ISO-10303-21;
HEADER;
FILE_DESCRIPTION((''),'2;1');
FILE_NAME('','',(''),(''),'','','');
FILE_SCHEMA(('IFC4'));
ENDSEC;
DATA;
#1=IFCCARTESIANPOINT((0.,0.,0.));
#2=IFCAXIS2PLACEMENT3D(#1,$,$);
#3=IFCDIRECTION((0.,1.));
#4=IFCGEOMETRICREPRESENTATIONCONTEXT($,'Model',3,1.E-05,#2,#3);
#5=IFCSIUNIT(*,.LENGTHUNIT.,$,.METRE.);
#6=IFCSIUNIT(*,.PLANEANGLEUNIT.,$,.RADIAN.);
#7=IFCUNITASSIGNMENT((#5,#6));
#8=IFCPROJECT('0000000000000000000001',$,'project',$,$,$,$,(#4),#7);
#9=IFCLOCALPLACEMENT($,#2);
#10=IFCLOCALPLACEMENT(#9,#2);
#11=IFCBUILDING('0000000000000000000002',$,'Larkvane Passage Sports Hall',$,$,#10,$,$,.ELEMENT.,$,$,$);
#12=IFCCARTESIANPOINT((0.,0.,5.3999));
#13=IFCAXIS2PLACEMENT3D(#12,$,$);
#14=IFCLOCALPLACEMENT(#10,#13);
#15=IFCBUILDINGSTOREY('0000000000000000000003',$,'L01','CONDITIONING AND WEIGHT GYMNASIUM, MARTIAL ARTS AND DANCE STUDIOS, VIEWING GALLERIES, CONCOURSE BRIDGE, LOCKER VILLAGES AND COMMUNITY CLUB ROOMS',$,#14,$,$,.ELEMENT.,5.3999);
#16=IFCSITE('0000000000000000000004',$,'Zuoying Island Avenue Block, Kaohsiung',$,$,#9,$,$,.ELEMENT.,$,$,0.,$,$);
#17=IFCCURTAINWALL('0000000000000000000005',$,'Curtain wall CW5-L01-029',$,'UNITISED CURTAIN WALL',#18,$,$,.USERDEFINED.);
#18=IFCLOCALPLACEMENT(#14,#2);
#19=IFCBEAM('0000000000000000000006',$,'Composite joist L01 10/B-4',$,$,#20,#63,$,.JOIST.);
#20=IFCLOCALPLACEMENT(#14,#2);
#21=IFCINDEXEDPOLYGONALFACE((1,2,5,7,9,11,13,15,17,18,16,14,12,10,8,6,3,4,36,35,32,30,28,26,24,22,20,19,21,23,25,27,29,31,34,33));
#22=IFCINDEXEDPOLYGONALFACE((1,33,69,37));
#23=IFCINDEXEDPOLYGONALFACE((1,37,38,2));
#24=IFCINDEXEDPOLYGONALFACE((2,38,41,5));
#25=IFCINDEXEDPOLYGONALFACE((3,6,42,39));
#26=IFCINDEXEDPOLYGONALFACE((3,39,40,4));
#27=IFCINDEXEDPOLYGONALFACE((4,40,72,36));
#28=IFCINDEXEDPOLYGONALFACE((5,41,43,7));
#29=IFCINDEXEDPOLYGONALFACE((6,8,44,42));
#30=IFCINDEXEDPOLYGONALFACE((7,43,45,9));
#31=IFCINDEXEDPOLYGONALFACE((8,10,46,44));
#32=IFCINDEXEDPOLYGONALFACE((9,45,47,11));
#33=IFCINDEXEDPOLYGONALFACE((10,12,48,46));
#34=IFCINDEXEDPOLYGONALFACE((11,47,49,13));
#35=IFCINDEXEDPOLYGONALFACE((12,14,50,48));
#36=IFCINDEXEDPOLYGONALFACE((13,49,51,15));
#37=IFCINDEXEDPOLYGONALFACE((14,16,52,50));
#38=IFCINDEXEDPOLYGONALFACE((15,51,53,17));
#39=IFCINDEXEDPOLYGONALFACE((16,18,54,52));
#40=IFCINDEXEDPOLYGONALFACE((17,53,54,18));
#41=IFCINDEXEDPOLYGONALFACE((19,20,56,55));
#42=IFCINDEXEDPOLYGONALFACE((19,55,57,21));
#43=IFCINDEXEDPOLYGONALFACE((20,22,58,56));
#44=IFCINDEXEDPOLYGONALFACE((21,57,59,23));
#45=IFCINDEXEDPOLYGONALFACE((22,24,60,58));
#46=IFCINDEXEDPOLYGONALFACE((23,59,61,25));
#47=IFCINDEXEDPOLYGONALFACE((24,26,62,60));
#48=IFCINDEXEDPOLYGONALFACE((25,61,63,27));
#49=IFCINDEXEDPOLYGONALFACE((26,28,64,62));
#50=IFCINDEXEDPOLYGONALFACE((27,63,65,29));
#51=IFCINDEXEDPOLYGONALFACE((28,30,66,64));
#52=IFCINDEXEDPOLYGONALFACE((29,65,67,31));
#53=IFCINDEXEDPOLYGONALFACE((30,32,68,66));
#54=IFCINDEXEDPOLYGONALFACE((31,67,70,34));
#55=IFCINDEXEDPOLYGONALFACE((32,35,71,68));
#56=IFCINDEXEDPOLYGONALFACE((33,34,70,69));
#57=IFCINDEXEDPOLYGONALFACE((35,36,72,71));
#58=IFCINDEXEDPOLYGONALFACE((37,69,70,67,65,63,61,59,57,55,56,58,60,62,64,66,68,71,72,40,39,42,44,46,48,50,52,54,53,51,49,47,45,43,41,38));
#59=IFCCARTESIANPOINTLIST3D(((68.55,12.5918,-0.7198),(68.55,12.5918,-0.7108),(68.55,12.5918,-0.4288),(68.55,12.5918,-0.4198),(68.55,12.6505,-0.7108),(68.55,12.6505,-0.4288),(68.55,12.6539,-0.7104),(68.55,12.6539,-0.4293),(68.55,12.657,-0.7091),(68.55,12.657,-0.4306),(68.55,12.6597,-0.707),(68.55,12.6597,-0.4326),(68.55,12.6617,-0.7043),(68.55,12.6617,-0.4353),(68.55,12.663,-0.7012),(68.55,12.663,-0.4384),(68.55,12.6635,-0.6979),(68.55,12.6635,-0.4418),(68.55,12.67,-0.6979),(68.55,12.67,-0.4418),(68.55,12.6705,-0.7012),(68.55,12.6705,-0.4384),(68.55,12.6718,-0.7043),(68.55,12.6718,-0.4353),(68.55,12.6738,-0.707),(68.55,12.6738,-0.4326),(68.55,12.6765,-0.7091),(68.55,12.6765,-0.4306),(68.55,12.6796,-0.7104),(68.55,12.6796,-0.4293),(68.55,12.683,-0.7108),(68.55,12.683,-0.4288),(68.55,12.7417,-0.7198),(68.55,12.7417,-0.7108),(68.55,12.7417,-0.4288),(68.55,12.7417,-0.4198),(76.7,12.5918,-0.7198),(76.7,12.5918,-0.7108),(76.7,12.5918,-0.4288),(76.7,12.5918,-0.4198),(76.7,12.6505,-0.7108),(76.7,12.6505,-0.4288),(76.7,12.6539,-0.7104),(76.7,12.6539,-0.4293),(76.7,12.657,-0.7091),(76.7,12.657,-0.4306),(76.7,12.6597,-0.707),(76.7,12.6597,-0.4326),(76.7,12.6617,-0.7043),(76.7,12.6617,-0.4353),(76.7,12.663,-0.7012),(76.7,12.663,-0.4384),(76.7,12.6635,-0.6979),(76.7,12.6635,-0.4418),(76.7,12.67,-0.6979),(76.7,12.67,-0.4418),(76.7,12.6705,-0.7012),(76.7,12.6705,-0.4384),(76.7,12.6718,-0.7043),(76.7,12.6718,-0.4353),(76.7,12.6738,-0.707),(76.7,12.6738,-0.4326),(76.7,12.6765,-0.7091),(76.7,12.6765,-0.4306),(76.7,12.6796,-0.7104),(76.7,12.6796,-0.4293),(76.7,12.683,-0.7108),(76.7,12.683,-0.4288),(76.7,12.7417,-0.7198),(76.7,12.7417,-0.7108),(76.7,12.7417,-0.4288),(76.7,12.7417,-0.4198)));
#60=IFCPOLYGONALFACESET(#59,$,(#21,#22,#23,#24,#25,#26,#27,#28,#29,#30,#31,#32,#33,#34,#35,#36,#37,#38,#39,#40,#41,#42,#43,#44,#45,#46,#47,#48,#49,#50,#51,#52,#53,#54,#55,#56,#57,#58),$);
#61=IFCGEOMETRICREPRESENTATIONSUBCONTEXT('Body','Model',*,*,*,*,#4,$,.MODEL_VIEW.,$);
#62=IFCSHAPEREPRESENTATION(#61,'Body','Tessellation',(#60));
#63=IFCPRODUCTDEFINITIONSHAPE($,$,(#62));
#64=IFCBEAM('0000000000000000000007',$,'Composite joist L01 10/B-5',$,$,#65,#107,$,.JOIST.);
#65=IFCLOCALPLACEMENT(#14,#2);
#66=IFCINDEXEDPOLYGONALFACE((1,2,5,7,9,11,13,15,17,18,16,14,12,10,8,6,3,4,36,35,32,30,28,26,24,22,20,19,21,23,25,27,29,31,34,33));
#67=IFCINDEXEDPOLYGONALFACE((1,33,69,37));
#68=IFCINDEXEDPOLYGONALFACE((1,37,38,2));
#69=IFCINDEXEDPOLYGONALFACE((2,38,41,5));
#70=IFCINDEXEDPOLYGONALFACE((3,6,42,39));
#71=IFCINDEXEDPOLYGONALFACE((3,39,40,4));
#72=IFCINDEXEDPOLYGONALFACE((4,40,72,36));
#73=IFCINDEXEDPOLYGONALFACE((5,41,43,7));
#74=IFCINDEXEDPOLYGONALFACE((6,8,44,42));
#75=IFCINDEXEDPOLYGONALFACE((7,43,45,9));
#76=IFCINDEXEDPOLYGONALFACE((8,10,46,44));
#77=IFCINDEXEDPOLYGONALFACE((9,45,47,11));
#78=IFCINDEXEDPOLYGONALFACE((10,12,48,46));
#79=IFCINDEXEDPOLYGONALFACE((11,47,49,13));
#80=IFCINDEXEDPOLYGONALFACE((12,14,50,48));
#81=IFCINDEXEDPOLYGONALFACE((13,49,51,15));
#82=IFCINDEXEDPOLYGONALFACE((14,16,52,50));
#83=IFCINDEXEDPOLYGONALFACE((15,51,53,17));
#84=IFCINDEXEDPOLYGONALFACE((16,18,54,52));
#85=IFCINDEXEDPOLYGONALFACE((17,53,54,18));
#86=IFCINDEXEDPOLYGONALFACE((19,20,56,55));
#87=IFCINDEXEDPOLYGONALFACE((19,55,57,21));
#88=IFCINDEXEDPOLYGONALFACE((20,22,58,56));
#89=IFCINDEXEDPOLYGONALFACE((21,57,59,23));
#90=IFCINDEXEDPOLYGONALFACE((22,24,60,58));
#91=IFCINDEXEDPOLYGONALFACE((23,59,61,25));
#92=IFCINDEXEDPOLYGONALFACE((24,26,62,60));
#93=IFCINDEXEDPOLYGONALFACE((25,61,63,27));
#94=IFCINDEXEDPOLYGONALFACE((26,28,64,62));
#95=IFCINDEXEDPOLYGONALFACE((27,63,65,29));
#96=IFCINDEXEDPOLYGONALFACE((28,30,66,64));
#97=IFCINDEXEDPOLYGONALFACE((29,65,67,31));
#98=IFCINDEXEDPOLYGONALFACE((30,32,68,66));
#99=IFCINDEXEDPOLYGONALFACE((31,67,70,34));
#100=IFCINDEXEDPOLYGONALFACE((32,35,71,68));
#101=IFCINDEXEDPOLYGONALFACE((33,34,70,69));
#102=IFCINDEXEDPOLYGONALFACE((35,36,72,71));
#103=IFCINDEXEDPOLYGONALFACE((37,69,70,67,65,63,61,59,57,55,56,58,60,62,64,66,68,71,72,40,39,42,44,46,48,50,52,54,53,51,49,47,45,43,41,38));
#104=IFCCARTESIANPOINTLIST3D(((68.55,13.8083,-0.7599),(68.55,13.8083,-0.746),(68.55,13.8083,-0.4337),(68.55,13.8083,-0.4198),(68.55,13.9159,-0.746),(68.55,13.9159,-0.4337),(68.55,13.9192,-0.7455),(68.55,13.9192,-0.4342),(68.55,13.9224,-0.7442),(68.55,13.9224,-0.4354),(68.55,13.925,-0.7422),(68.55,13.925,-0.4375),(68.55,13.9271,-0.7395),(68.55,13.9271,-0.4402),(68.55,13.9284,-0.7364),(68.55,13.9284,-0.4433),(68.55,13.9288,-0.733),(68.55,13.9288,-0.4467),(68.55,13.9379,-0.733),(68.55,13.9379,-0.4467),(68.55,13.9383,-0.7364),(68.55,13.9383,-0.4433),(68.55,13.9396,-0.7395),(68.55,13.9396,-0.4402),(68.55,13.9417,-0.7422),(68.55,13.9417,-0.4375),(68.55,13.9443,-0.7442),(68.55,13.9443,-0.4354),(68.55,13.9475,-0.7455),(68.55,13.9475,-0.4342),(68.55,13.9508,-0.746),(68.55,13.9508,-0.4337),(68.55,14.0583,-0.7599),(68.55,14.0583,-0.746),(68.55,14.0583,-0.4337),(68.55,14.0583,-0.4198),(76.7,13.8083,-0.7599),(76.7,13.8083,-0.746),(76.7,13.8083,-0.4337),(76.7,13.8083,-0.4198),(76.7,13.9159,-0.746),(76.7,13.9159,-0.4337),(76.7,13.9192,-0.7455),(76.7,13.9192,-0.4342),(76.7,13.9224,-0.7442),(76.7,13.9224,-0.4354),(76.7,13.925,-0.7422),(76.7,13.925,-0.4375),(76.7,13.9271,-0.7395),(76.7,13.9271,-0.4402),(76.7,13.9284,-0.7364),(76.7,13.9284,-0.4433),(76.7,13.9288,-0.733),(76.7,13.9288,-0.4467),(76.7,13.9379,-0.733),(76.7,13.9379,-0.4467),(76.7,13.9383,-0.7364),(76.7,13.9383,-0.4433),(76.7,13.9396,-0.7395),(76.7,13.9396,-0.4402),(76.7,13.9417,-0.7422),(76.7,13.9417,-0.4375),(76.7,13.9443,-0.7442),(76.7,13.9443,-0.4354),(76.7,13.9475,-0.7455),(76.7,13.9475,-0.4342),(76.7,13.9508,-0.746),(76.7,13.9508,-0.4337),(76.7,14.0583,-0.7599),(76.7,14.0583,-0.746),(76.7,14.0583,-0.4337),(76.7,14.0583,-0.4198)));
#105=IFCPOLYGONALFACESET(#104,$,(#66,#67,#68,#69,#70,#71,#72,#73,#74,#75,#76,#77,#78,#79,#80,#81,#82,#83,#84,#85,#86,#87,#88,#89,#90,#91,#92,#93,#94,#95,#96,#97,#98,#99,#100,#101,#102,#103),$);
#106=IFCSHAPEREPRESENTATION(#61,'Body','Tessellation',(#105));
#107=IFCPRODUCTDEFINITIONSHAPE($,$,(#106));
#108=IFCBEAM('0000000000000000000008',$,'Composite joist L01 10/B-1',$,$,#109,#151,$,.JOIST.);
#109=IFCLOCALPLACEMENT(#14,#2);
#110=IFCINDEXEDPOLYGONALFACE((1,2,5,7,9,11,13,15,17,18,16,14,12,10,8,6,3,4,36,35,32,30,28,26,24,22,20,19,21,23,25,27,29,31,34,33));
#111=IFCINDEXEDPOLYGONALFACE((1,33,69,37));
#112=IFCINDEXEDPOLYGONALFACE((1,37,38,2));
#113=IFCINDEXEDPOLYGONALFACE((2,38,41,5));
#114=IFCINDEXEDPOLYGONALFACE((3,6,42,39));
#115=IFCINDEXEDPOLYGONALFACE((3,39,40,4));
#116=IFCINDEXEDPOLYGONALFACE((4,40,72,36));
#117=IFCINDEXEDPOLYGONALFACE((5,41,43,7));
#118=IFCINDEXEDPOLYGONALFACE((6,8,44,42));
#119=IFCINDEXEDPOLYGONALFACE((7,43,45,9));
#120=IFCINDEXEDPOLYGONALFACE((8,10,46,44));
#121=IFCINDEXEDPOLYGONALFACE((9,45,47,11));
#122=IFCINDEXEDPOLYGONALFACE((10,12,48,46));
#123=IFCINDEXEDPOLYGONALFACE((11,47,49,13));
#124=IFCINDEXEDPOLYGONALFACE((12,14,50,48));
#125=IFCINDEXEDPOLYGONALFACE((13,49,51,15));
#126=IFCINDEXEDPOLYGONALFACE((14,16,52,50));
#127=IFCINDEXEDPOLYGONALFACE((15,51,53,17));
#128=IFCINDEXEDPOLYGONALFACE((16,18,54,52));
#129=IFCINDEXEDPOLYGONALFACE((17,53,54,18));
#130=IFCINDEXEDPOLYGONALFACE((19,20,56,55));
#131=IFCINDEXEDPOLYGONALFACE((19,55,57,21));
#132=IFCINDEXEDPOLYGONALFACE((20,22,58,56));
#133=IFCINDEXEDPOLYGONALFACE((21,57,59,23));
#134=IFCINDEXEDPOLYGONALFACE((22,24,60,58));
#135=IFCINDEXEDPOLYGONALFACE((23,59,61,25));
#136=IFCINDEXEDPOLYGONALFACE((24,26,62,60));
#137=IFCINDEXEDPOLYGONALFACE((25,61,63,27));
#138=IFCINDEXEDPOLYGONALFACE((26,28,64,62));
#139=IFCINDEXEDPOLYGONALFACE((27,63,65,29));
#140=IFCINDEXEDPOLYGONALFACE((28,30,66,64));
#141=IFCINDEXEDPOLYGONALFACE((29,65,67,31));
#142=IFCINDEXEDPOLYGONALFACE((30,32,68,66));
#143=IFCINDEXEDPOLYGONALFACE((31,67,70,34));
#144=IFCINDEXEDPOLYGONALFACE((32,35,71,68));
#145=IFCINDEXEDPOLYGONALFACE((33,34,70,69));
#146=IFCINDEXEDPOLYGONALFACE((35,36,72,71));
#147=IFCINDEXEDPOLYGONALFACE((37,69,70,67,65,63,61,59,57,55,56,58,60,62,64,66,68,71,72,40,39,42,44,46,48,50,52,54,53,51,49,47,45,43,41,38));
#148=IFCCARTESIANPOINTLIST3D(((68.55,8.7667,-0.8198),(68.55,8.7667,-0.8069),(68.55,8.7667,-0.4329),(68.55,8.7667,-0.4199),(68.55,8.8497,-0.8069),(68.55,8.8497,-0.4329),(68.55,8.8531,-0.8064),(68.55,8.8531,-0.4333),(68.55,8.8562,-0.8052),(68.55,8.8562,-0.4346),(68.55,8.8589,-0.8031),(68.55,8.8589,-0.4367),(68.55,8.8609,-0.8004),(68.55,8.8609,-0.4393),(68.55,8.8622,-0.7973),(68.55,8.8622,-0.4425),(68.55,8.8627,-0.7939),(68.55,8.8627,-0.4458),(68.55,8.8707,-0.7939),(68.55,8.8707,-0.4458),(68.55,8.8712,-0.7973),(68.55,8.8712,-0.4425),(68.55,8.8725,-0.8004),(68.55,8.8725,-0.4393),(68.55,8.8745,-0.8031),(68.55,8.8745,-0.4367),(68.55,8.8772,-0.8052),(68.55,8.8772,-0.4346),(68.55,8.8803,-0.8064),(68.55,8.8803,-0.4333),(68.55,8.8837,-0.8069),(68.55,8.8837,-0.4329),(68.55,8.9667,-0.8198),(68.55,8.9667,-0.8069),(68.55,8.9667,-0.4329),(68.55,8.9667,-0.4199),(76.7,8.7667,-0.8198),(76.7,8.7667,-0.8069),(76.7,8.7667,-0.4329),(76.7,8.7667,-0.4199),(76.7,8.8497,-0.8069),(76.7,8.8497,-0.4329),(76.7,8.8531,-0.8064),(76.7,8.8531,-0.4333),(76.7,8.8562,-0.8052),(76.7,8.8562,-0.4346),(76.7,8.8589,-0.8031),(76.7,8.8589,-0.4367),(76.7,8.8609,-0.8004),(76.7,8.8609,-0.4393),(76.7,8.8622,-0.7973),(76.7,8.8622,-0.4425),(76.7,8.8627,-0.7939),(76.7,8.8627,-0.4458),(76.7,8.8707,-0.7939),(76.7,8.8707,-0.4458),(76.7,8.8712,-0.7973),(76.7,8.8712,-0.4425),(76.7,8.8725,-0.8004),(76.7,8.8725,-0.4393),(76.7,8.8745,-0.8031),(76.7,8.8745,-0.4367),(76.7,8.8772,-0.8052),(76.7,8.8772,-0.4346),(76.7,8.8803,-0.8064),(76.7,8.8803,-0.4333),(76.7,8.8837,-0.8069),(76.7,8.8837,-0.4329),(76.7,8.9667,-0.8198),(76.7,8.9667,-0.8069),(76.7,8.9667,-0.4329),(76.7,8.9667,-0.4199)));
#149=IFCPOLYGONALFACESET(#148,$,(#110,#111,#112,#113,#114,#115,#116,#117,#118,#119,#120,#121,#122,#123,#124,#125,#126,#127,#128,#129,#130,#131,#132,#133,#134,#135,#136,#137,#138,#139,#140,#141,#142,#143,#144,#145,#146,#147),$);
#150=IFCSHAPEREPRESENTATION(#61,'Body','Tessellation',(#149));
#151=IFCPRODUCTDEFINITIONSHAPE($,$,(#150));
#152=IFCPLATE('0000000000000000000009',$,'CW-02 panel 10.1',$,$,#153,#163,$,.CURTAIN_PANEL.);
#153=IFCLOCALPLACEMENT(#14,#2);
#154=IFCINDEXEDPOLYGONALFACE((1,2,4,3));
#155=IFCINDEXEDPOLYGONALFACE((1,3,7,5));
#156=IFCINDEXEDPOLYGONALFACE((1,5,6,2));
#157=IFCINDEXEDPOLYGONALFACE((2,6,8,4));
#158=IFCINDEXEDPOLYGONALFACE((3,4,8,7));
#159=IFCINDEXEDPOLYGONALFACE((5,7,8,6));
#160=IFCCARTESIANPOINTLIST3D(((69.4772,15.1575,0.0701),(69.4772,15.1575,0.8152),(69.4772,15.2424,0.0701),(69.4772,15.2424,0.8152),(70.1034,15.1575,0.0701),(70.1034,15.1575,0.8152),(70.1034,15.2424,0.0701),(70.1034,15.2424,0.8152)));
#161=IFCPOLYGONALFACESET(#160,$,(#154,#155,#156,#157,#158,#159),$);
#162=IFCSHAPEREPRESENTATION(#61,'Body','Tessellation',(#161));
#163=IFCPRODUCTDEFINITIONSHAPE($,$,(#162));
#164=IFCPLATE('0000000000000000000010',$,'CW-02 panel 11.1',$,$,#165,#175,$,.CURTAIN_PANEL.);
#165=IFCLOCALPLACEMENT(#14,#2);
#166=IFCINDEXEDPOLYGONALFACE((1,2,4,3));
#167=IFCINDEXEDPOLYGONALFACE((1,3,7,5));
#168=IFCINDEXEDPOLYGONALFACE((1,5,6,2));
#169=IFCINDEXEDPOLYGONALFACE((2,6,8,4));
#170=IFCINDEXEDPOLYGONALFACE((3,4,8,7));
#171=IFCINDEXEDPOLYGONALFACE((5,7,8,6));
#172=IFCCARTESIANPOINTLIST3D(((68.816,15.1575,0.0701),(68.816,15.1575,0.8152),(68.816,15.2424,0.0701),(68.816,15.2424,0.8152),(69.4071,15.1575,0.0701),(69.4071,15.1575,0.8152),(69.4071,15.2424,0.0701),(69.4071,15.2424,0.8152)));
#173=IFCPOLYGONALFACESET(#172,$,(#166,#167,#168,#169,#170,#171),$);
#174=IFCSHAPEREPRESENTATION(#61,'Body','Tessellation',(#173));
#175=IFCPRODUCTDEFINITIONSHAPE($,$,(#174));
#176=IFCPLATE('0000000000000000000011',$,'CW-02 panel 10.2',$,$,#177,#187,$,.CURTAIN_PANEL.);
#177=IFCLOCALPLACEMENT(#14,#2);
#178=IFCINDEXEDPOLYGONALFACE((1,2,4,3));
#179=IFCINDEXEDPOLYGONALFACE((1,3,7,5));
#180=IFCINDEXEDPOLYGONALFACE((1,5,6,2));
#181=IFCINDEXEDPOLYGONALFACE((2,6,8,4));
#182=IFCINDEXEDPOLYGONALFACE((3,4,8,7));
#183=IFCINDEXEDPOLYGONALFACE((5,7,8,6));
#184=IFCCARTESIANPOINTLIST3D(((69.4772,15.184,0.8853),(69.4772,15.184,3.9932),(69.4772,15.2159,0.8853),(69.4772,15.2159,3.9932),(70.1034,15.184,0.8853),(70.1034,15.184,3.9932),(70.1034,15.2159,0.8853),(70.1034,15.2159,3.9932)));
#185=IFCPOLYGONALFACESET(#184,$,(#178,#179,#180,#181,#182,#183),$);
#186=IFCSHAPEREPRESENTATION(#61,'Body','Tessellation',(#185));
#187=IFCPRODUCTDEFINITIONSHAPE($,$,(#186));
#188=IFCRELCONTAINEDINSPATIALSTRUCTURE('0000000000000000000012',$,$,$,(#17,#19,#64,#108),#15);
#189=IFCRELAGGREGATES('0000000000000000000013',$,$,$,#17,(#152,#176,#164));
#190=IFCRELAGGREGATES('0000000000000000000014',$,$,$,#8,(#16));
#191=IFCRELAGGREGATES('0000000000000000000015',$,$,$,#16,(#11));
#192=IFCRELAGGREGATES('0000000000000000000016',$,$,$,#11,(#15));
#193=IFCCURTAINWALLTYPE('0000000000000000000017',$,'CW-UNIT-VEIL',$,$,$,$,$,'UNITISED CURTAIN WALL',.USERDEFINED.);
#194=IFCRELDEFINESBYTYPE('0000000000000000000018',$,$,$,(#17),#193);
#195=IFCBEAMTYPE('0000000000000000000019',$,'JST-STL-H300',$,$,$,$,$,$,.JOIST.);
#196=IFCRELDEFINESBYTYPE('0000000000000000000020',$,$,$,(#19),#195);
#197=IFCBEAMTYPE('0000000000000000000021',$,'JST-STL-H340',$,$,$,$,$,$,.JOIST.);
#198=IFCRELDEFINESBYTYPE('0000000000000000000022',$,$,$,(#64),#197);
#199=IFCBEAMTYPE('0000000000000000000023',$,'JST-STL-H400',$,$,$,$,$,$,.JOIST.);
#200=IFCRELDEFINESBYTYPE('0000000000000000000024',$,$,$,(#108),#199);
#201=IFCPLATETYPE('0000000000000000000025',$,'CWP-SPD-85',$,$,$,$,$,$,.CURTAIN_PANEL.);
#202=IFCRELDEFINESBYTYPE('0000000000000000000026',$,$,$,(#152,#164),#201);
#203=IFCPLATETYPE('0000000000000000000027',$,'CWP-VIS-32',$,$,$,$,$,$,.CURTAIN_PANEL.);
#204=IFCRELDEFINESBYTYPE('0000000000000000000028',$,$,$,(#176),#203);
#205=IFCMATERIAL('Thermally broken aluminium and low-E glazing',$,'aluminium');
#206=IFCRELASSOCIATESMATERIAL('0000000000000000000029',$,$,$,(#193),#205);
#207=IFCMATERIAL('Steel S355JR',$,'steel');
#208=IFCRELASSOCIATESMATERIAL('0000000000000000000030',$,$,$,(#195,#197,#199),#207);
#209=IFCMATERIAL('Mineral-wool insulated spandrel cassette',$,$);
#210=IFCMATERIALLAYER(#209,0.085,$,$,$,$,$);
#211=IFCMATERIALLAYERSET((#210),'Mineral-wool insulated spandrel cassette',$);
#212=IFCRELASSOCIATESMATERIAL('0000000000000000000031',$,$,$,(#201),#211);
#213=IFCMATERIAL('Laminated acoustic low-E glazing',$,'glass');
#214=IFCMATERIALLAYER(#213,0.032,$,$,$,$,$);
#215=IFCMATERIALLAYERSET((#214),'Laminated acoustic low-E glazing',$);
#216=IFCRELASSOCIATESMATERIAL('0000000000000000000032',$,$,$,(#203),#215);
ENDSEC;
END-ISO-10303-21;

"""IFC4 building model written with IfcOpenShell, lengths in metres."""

from ifc_helpers import new_model, si_unit, direction, frame, origin, origin_2d, place, context, subcontext, project, spatial, rectangle, i_section, extrude, material, layer, layer_set, material_profile, profile_set, type_object, element, aggregate, save


model = new_model("IFC4")

# Units and contexts
model_context = context("Model", 3, precision=1e-05, world=origin(), true_north=direction((0.0, 1.0)))
body_context = subcontext(model_context, "Body", "Model", "MODEL_VIEW")
ifc_project = project(units=[si_unit("LENGTHUNIT", "METRE"), si_unit("PLANEANGLEUNIT", "RADIAN")], contexts=[model_context])

# Site, building, storey
site_placement = place(None, origin())
site = spatial("IfcSite", under=ifc_project, at=site_placement, Name="Zuoying Island Avenue Block, Kaohsiung", CompositionType="ELEMENT", RefElevation=0.0)
building_placement = place(site_placement, origin())
building = spatial("IfcBuilding", under=site, at=building_placement, Name="Larkvane Passage Sports Hall", CompositionType="ELEMENT")
storey_placement = place(building_placement, frame((0.0, 0.0, 5.3999)))
storey = spatial("IfcBuildingStorey", under=building, at=storey_placement, Name="L01", Description="CONDITIONING AND WEIGHT GYMNASIUM, MARTIAL ARTS AND DANCE STUDIOS, VIEWING GALLERIES, CONCOURSE BRIDGE, LOCKER VILLAGES AND COMMUNITY CLUB ROOMS", CompositionType="ELEMENT", Elevation=5.3999)

# Shared definitions
ifc_material_1 = material(Name="Steel S355JR", Category="steel")

# Curtain wall
ifc_material_2 = material(Name="Thermally broken aluminium and low-E glazing", Category="aluminium")
curtain_wall_type = type_object("IfcCurtainWallType", Name="CW-UNIT-VEIL", ElementType="UNITISED CURTAIN WALL", PredefinedType="USERDEFINED", material=ifc_material_2)
curtain_wall_placement = place(storey_placement, origin())
curtain_wall = element("IfcCurtainWall", 1, at=curtain_wall_placement, inside=storey, type_object=curtain_wall_type, Name="Curtain wall CW5-L01-029", ObjectType="UNITISED CURTAIN WALL", PredefinedType="USERDEFINED")

# Beams
ifc_material_profile_1 = material_profile(ifc_material_1, i_section(OverallWidth=0.1499, OverallDepth=0.3, WebThickness=0.0066, FlangeThickness=0.009, FilletRadius=0.0129, at=origin_2d()), Name="H-300x150x6.5x9")
ifc_profile_set_1 = profile_set([ifc_material_profile_1], Name="Steel S355JR")
beam_type_1 = type_object("IfcBeamType", Name="JST-STL-H300", PredefinedType="JOIST", material=ifc_profile_set_1)
beam_1_placement = place(storey_placement, frame((68.55, 12.6667, -0.5698), z_axis=(1.0, 0.0, 0.0), x_axis=(0.0, 1.0, 0.0)))
element("IfcBeam", 2, at=beam_1_placement, inside=storey, type_object=beam_type_1, Name="Composite joist L01 10/B-4", PredefinedType="JOIST", context=body_context, shape_type="SweptSolid", body=[
    extrude(i_section(OverallWidth=0.1499, OverallDepth=0.3, WebThickness=0.0066, FlangeThickness=0.009, FilletRadius=0.0129, at=origin_2d()), origin(), (0.0, 0.0, 1.0), 8.1499),
])
ifc_material_profile_2 = material_profile(ifc_material_1, i_section(OverallWidth=0.25, OverallDepth=0.3401, WebThickness=0.009, FlangeThickness=0.0139, FilletRadius=0.0129, at=origin_2d()), Name="H-340x250x9x14")
ifc_profile_set_2 = profile_set([ifc_material_profile_2], Name="Steel S355JR")
beam_type_2 = type_object("IfcBeamType", Name="JST-STL-H340", PredefinedType="JOIST", material=ifc_profile_set_2)
beam_2_placement = place(storey_placement, frame((68.55, 13.9333, -0.5898), z_axis=(1.0, 0.0, 0.0), x_axis=(0.0, 1.0, 0.0)))
element("IfcBeam", 3, at=beam_2_placement, inside=storey, type_object=beam_type_2, Name="Composite joist L01 10/B-5", PredefinedType="JOIST", context=body_context, shape_type="SweptSolid", body=[
    extrude(i_section(OverallWidth=0.25, OverallDepth=0.3401, WebThickness=0.009, FlangeThickness=0.0139, FilletRadius=0.0129, at=origin_2d()), origin(), (0.0, 0.0, 1.0), 8.1499),
])
ifc_material_profile_3 = material_profile(ifc_material_1, i_section(OverallWidth=0.2, OverallDepth=0.3999, WebThickness=0.0081, FlangeThickness=0.0129, FilletRadius=0.0129, at=origin_2d()), Name="H-400x200x8x13")
ifc_profile_set_3 = profile_set([ifc_material_profile_3], Name="Steel S355JR")
beam_type_3 = type_object("IfcBeamType", Name="JST-STL-H400", PredefinedType="JOIST", material=ifc_profile_set_3)
beam_3_placement = place(storey_placement, frame((68.55, 8.8667, -0.6199), z_axis=(1.0, 0.0, 0.0), x_axis=(0.0, 1.0, 0.0)))
element("IfcBeam", 4, at=beam_3_placement, inside=storey, type_object=beam_type_3, Name="Composite joist L01 10/B-1", PredefinedType="JOIST", context=body_context, shape_type="SweptSolid", body=[
    extrude(i_section(OverallWidth=0.2, OverallDepth=0.3999, WebThickness=0.0081, FlangeThickness=0.0129, FilletRadius=0.0129, at=origin_2d()), origin(), (0.0, 0.0, 1.0), 8.1499),
])

# Plates
ifc_material_3 = material(Name="Mineral-wool insulated spandrel cassette")
ifc_layer_1 = layer(ifc_material_3, 0.085)
ifc_layer_set_1 = layer_set([ifc_layer_1], Name="Mineral-wool insulated spandrel cassette")
plate_type_1 = type_object("IfcPlateType", Name="CWP-SPD-85", PredefinedType="CURTAIN_PANEL", material=ifc_layer_set_1)
plate_1_placement = place(storey_placement, frame((69.7903, 15.2, 0.0701), z_axis=(0.0, 0.0, 1.0), x_axis=(-1.0, 0.0, 0.0)))
plate_1 = element("IfcPlate", 5, at=plate_1_placement, type_object=plate_type_1, Name="CW-02 panel 10.1", PredefinedType="CURTAIN_PANEL", context=body_context, shape_type="SweptSolid", body=[
    extrude(rectangle(XDim=0.6262, YDim=0.085, at=origin_2d()), origin(), (0.0, 0.0, 1.0), 0.7451),
])
plate_2_placement = place(storey_placement, frame((69.1116, 15.2, 0.0701), z_axis=(0.0, 0.0, 1.0), x_axis=(-1.0, 0.0, 0.0)))
plate_2 = element("IfcPlate", 6, at=plate_2_placement, type_object=plate_type_1, Name="CW-02 panel 11.1", PredefinedType="CURTAIN_PANEL", context=body_context, shape_type="SweptSolid", body=[
    extrude(rectangle(XDim=0.5911, YDim=0.085, at=origin_2d()), origin(), (0.0, 0.0, 1.0), 0.7451),
])
ifc_material_4 = material(Name="Laminated acoustic low-E glazing", Category="glass")
ifc_layer_2 = layer(ifc_material_4, 0.032)
ifc_layer_set_2 = layer_set([ifc_layer_2], Name="Laminated acoustic low-E glazing")
plate_type_2 = type_object("IfcPlateType", Name="CWP-VIS-32", PredefinedType="CURTAIN_PANEL", material=ifc_layer_set_2)
plate_3_placement = place(storey_placement, frame((69.7903, 15.2, 0.8853), z_axis=(0.0, 0.0, 1.0), x_axis=(-1.0, 0.0, 0.0)))
plate_3 = element("IfcPlate", 7, at=plate_3_placement, type_object=plate_type_2, Name="CW-02 panel 10.2", PredefinedType="CURTAIN_PANEL", context=body_context, shape_type="SweptSolid", body=[
    extrude(rectangle(XDim=0.6262, YDim=0.032, at=origin_2d()), origin(), (0.0, 0.0, 1.0), 3.1079),
])
aggregate(curtain_wall, [plate_1, plate_3, plate_2])

save(model, "model.ifc")
